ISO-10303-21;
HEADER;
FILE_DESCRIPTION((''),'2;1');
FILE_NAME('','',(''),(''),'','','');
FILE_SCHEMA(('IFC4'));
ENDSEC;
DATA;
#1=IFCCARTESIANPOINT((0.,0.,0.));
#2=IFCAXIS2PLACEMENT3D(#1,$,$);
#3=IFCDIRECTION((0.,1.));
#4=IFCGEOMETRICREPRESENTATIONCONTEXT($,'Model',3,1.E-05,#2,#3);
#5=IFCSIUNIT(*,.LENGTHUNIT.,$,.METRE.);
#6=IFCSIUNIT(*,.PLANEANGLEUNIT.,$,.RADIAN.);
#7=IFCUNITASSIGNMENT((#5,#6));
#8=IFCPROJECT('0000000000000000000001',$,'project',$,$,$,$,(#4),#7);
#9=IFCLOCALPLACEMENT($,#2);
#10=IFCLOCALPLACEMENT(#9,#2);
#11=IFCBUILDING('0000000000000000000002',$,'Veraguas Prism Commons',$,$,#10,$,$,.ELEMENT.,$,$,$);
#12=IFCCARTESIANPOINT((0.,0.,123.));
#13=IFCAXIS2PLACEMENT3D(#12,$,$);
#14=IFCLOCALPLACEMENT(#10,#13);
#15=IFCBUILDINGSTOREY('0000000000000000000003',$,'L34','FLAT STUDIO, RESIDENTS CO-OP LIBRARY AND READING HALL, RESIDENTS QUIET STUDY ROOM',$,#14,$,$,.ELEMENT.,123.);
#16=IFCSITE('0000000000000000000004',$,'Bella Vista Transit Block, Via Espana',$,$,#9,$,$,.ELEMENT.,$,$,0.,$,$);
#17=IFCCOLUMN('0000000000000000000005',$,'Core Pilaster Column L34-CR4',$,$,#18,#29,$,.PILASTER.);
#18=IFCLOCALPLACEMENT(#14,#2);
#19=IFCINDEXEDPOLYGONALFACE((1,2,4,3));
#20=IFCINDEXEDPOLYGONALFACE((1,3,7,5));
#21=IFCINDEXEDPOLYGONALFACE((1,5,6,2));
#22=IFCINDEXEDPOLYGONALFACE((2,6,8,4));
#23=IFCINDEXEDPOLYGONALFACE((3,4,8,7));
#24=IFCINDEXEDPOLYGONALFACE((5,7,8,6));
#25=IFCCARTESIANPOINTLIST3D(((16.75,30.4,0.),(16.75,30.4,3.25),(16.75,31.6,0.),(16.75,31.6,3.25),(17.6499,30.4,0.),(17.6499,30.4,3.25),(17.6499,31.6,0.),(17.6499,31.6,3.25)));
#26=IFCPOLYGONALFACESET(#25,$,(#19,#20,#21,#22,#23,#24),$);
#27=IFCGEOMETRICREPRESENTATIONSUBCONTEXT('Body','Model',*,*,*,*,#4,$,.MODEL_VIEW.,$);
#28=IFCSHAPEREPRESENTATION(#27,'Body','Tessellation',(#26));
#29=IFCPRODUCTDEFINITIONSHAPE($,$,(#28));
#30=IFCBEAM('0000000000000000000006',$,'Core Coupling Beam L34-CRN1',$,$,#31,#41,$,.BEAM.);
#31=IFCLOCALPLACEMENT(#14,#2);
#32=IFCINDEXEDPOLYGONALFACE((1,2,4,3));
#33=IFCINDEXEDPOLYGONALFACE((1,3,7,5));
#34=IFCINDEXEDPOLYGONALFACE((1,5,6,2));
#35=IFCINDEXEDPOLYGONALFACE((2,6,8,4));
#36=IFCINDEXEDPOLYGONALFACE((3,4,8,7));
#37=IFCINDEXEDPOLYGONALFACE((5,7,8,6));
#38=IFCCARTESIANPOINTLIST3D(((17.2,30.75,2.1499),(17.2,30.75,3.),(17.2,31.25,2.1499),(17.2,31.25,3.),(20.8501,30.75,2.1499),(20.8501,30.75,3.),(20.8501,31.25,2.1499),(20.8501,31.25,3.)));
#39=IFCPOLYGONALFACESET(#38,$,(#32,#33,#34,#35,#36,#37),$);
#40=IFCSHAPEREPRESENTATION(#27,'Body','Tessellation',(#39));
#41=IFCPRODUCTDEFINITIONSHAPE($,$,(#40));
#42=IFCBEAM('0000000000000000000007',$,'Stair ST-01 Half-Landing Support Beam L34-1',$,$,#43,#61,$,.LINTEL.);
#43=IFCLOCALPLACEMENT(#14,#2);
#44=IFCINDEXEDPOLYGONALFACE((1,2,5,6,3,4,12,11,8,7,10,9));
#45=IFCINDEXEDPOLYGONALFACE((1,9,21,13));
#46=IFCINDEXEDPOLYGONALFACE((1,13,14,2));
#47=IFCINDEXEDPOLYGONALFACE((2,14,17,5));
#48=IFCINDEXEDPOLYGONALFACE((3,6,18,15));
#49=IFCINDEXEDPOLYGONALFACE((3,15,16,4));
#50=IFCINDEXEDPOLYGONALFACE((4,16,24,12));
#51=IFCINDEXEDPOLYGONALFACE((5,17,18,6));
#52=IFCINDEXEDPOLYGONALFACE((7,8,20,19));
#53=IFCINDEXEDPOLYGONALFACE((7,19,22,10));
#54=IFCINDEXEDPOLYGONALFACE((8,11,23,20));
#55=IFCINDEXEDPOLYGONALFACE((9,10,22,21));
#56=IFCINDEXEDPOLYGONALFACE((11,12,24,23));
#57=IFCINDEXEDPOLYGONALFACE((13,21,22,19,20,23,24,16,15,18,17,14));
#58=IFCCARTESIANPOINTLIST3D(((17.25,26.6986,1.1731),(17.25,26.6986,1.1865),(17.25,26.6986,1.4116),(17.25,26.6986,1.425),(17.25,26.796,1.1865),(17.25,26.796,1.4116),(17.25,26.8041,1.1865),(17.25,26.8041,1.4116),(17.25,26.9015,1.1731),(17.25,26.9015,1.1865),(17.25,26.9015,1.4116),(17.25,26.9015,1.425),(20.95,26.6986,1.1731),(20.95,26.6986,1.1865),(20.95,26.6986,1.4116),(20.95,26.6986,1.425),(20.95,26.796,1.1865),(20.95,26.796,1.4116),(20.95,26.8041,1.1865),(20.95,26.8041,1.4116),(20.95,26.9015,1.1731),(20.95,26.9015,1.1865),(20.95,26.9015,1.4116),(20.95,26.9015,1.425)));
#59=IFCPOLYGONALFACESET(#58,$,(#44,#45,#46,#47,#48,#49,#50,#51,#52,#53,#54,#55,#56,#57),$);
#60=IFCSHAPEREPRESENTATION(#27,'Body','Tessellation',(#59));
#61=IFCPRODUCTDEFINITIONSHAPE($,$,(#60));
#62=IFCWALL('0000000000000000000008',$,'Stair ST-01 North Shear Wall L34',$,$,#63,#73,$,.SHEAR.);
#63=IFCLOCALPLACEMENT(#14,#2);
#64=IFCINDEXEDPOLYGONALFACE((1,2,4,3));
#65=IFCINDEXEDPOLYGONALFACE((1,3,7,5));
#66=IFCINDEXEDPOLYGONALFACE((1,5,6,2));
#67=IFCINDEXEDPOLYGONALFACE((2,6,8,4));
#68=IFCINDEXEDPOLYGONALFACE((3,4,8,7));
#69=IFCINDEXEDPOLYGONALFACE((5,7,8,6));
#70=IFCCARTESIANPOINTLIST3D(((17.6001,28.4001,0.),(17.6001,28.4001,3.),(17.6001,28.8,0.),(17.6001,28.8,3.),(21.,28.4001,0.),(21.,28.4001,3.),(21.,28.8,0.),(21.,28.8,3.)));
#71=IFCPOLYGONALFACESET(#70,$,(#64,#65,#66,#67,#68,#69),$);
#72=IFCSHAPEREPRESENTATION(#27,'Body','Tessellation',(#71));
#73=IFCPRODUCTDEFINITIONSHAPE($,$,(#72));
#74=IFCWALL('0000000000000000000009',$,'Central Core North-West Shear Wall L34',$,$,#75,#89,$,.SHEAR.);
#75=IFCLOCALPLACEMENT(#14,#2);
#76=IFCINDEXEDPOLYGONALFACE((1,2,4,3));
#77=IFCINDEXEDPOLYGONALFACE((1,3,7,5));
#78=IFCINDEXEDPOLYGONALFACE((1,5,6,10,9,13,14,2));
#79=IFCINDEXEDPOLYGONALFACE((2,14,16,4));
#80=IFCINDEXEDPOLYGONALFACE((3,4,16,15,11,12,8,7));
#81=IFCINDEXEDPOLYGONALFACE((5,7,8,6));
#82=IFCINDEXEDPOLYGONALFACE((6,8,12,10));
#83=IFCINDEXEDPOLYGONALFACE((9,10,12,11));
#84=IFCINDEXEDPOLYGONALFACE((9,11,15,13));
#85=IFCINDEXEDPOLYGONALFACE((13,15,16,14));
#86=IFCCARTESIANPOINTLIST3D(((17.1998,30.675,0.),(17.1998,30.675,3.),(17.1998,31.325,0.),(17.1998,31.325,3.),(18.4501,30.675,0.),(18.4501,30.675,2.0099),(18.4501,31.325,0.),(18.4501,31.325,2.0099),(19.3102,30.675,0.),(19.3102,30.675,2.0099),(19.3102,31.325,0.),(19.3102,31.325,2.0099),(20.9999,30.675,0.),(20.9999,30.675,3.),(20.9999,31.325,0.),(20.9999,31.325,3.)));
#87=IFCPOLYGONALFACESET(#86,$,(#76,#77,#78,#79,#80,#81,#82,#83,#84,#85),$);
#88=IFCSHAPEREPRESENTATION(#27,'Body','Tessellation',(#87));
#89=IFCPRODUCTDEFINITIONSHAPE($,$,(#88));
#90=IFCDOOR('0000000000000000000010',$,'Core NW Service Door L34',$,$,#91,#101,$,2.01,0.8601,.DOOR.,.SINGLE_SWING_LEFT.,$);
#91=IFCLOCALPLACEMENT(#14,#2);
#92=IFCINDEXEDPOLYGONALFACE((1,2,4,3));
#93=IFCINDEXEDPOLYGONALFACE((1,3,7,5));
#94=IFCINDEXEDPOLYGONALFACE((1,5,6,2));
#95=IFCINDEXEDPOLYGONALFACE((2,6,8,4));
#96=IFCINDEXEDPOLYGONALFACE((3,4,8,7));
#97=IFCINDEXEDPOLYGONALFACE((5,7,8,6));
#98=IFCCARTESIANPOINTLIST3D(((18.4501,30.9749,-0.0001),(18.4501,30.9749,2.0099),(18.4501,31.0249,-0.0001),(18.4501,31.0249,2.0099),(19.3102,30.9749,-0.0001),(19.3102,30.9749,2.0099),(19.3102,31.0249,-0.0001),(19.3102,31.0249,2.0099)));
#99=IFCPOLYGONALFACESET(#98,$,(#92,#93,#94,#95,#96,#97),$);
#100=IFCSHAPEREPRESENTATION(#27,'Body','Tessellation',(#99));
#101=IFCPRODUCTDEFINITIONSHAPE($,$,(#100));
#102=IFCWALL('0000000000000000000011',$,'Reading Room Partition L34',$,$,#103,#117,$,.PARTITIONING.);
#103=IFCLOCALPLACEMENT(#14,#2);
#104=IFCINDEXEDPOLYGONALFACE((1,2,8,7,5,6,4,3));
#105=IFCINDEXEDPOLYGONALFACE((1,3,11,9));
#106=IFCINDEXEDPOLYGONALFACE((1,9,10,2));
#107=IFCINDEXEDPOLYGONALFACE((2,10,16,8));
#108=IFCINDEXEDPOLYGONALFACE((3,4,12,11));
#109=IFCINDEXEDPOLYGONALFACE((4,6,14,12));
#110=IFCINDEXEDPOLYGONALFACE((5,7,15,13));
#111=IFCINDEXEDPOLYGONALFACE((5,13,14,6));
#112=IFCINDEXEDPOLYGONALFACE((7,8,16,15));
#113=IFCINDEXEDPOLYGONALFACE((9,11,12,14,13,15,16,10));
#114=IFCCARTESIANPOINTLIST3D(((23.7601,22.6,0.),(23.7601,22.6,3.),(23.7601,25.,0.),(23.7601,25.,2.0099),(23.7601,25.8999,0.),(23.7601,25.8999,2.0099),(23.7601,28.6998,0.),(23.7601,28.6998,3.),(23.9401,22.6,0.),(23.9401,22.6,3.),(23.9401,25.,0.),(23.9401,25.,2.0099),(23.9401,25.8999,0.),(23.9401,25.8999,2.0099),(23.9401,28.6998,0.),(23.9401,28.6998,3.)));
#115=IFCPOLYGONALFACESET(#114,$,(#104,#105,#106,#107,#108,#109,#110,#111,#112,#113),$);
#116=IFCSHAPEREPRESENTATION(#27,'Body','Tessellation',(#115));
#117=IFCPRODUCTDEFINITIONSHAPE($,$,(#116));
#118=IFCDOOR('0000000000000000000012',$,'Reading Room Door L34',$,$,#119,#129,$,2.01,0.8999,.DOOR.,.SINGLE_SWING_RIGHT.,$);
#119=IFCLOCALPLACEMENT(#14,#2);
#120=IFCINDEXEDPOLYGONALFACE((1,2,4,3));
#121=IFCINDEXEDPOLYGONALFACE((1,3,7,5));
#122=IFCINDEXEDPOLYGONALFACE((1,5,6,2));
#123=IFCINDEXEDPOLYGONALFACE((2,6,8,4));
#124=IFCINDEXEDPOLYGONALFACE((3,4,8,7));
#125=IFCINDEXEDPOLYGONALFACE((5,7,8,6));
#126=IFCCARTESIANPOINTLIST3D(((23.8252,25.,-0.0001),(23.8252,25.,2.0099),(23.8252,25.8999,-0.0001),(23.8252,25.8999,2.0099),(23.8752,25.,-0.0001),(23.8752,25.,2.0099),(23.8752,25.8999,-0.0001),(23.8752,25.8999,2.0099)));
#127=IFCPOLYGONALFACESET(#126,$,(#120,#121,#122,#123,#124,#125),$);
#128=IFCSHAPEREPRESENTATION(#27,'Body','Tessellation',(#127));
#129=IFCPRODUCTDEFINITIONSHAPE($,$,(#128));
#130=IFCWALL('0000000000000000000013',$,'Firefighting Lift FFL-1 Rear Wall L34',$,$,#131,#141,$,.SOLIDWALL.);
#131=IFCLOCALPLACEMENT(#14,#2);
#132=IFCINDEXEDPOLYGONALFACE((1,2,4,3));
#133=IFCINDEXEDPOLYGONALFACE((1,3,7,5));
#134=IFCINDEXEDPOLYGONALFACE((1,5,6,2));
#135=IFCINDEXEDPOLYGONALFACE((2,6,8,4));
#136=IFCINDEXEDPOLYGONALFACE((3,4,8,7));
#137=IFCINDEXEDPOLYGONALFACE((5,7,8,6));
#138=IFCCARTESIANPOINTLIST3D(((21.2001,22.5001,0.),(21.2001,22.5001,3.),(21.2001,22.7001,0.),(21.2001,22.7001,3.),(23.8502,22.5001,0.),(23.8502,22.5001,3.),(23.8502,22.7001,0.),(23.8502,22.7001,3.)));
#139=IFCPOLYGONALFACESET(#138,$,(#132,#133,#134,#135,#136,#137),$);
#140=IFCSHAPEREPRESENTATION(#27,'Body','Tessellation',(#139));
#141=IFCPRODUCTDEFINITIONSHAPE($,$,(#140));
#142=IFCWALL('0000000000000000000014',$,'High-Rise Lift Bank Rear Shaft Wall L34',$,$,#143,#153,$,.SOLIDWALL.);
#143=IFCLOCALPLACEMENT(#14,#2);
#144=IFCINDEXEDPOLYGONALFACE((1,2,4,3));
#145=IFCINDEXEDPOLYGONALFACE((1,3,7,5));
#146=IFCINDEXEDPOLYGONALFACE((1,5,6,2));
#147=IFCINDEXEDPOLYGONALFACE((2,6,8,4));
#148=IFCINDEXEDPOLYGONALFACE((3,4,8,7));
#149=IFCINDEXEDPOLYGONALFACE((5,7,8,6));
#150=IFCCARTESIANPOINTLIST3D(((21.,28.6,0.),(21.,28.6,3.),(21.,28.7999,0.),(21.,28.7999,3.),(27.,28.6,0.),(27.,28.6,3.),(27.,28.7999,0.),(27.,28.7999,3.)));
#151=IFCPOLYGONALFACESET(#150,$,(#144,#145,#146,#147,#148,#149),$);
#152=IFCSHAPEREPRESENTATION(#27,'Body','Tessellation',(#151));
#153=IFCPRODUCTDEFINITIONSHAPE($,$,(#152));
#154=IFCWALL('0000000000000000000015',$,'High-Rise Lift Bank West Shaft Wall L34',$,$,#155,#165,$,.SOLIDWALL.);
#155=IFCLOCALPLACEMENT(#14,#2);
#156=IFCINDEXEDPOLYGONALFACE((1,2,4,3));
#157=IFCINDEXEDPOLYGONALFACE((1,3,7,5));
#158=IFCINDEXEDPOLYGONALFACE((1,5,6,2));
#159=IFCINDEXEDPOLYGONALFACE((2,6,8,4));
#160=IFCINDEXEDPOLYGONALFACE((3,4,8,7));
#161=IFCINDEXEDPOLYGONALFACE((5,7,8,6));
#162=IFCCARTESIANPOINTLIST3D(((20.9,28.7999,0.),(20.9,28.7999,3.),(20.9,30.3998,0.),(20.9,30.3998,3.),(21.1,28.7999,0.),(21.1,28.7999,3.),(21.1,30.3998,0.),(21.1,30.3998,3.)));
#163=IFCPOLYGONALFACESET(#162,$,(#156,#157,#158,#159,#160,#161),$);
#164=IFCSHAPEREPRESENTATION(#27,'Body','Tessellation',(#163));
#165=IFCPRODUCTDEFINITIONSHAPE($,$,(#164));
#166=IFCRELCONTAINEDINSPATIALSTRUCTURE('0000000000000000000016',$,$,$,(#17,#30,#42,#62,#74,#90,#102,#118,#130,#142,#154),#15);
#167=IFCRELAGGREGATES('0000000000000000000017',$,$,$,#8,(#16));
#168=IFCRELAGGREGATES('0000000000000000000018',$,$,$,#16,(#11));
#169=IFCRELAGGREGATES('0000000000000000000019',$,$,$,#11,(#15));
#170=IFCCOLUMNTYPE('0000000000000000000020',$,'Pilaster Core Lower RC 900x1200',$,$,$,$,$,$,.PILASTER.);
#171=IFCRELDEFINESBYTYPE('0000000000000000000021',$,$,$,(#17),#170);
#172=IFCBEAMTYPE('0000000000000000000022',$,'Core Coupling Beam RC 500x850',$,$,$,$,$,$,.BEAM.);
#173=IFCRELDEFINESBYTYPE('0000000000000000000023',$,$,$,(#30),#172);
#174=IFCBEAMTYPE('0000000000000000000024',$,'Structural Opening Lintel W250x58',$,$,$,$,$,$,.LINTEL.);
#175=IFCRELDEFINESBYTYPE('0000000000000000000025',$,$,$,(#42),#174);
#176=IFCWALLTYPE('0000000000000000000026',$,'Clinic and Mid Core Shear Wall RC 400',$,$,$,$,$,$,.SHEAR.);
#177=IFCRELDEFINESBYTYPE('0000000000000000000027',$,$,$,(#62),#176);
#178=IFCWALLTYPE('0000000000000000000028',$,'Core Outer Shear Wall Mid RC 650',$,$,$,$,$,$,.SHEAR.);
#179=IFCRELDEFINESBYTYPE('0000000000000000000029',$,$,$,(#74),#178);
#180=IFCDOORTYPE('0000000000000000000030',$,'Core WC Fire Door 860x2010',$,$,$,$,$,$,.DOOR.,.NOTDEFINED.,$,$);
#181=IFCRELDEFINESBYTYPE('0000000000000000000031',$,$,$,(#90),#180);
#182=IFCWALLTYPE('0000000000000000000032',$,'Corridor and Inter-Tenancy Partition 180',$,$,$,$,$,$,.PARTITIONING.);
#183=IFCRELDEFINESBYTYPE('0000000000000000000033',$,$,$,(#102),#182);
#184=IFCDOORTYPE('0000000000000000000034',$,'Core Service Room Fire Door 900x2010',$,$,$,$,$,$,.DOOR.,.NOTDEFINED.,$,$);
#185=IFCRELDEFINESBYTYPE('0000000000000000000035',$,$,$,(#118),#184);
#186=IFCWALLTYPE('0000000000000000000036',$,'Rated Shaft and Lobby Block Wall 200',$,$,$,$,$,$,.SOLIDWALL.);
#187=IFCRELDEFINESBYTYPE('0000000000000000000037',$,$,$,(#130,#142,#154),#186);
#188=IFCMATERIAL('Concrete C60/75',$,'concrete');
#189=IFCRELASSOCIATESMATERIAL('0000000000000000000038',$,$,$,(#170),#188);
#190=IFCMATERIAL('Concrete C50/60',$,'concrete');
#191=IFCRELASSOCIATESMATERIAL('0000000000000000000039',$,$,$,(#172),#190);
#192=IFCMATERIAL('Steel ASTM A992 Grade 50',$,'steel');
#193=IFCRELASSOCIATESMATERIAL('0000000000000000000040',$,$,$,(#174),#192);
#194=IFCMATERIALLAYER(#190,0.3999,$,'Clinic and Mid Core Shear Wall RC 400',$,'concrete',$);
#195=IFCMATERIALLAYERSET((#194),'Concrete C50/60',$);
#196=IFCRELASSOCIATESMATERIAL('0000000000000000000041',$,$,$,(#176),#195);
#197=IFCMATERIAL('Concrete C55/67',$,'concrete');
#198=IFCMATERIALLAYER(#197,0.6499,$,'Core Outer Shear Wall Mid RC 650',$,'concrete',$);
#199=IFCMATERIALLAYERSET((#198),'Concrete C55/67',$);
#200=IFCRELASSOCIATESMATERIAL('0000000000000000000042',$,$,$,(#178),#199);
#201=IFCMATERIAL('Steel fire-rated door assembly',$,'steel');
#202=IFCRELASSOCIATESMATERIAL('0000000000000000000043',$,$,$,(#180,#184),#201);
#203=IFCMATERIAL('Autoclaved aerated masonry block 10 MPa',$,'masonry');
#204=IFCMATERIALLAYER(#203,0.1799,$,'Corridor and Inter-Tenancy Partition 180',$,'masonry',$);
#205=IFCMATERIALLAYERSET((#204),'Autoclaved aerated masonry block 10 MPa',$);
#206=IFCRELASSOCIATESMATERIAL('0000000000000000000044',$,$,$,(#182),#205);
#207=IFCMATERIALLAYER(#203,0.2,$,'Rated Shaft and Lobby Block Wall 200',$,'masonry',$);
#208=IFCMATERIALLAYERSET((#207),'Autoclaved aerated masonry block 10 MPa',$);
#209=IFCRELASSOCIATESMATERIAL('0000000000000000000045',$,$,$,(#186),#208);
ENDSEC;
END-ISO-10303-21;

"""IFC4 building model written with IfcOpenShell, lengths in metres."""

from ifc_helpers import new_model, si_unit, direction, frame, frame_2d, origin, origin_2d, place, context, subcontext, project, spatial, rectangle, i_section, extrude, source, transform, mapped, material, layer, layer_set, material_profile, profile_set, type_object, element, fill, save


model = new_model("IFC4")

# Units and contexts
model_context = context("Model", 3, precision=1e-05, world=origin(), true_north=direction((0.0, 1.0)))
body_context = subcontext(model_context, "Body", "Model", "MODEL_VIEW")
ifc_project = project(units=[si_unit("LENGTHUNIT", "METRE"), si_unit("PLANEANGLEUNIT", "RADIAN")], contexts=[model_context])

# Site, building, storey
site_placement = place(None, origin())
site = spatial("IfcSite", under=ifc_project, at=site_placement, Name="Bella Vista Transit Block, Via Espana", CompositionType="ELEMENT", RefElevation=0.0)
building_placement = place(site_placement, origin())
building = spatial("IfcBuilding", under=site, at=building_placement, Name="Veraguas Prism Commons", CompositionType="ELEMENT")
storey_placement = place(building_placement, frame((0.0, 0.0, 123.0)))
storey = spatial("IfcBuildingStorey", under=building, at=storey_placement, Name="L34", Description="FLAT STUDIO, RESIDENTS CO-OP LIBRARY AND READING HALL, RESIDENTS QUIET STUDY ROOM", CompositionType="ELEMENT", Elevation=123.0)

# Column
ifc_material_1 = material(Name="Concrete C60/75", Category="concrete")
ifc_material_profile_1 = material_profile(ifc_material_1, rectangle(XDim=0.8999, YDim=1.2, at=origin_2d()), Name="RC900X1200")
ifc_profile_set_1 = profile_set([ifc_material_profile_1], Name="Concrete C60/75")
column_type = type_object("IfcColumnType", Name="Pilaster Core Lower RC 900x1200", PredefinedType="PILASTER", material=ifc_profile_set_1)
column_placement = place(storey_placement, frame((17.2, 31.0, 0.0), z_axis=(0.0, 0.0, 1.0), x_axis=(1.0, 0.0, 0.0)))
element("IfcColumn", 1, at=column_placement, inside=storey, type_object=column_type, Name="Core Pilaster Column L34-CR4", PredefinedType="PILASTER", context=body_context, shape_type="SweptSolid", body=[
    extrude(rectangle(XDim=0.8999, YDim=1.2, at=origin_2d()), origin(), (0.0, 0.0, 1.0), 3.25),
])

# Beams
ifc_material_2 = material(Name="Concrete C50/60", Category="concrete")
ifc_material_profile_2 = material_profile(ifc_material_2, rectangle(XDim=0.5, YDim=0.8501, at=origin_2d()), Name="RC500X850")
ifc_profile_set_2 = profile_set([ifc_material_profile_2], Name="Concrete C50/60")
beam_type_1 = type_object("IfcBeamType", Name="Core Coupling Beam RC 500x850", PredefinedType="BEAM", material=ifc_profile_set_2)
beam_1_placement = place(storey_placement, frame((17.2, 31.0, 2.575), z_axis=(1.0, 0.0, 0.0), x_axis=(0.0, 1.0, 0.0)))
element("IfcBeam", 2, at=beam_1_placement, inside=storey, type_object=beam_type_1, Name="Core Coupling Beam L34-CRN1", PredefinedType="BEAM", context=body_context, shape_type="SweptSolid", body=[
    extrude(rectangle(XDim=0.5, YDim=0.8501, at=origin_2d()), origin(), (0.0, 0.0, 1.0), 3.6501),
])
ifc_material_3 = material(Name="Steel ASTM A992 Grade 50", Category="steel")
ifc_material_profile_3 = material_profile(ifc_material_3, i_section(OverallWidth=0.2029, OverallDepth=0.252, WebThickness=0.0081, FlangeThickness=0.0134, at=origin_2d()), Name="W250X58")
ifc_profile_set_3 = profile_set([ifc_material_profile_3], Name="Steel ASTM A992 Grade 50")
beam_type_2 = type_object("IfcBeamType", Name="Structural Opening Lintel W250x58", PredefinedType="LINTEL", material=ifc_profile_set_3)
beam_2_placement = place(storey_placement, frame((17.25, 26.8, 1.2991), z_axis=(1.0, 0.0, 0.0), x_axis=(0.0, 1.0, 0.0)))
element("IfcBeam", 3, at=beam_2_placement, inside=storey, type_object=beam_type_2, Name="Stair ST-01 Half-Landing Support Beam L34-1", PredefinedType="LINTEL", context=body_context, shape_type="SweptSolid", body=[
    extrude(i_section(OverallWidth=0.2029, OverallDepth=0.252, WebThickness=0.0081, FlangeThickness=0.0134, at=origin_2d()), origin(), (0.0, 0.0, 1.0), 3.7),
])

# Wall
ifc_layer_1 = layer(ifc_material_2, 0.3999, Name="Clinic and Mid Core Shear Wall RC 400", Category="concrete")
ifc_layer_set_1 = layer_set([ifc_layer_1], Name="Concrete C50/60")
wall_type_1 = type_object("IfcWallType", Name="Clinic and Mid Core Shear Wall RC 400", PredefinedType="SHEAR", material=ifc_layer_set_1)
wall_1_placement = place(storey_placement, frame((17.6001, 28.6001, 0.0), z_axis=(0.0, 0.0, 1.0), x_axis=(1.0, 0.0, 0.0)))
element("IfcWall", 4, at=wall_1_placement, inside=storey, type_object=wall_type_1, Name="Stair ST-01 North Shear Wall L34", PredefinedType="SHEAR", context=body_context, shape_type="SweptSolid", body=[
    extrude(rectangle(XDim=3.3999, YDim=0.3999, at=frame_2d((1.7, 0.0))), origin(), (0.0, 0.0, 1.0), 3.0),
])

# Walls, openings, doors
ifc_material_4 = material(Name="Concrete C55/67", Category="concrete")
ifc_layer_2 = layer(ifc_material_4, 0.6499, Name="Core Outer Shear Wall Mid RC 650", Category="concrete")
ifc_layer_set_2 = layer_set([ifc_layer_2], Name="Concrete C55/67")
wall_type_2 = type_object("IfcWallType", Name="Core Outer Shear Wall Mid RC 650", PredefinedType="SHEAR", material=ifc_layer_set_2)
wall_2_placement = place(storey_placement, frame((17.2, 31.0, 0.0), z_axis=(0.0, 0.0, 1.0), x_axis=(1.0, 0.0, 0.0)))
wall_2 = element("IfcWall", 5, at=wall_2_placement, inside=storey, type_object=wall_type_2, Name="Central Core North-West Shear Wall L34", PredefinedType="SHEAR", context=body_context, shape_type="SweptSolid", body=[
    extrude(rectangle(XDim=3.8, YDim=0.6499, at=frame_2d((1.8999, 0.0))), origin(), (0.0, 0.0, 1.0), 3.0),
])
opening_1_placement = place(wall_2_placement, frame((1.25, 0.0, 0.0)))
opening_1 = element("IfcOpeningElement", 6, at=opening_1_placement, cuts=wall_2, PredefinedType="OPENING", context=body_context, shape_type="SweptSolid", body=[
    extrude(rectangle(XDim=0.8601, YDim=2.01, at=frame_2d((0.4302, 1.0049))), frame((0.0, 0.335, 0.0), z_axis=(0.0, -1.0, 0.0), x_axis=(1.0, 0.0, 0.0)), (0.0, 0.0, 1.0), 0.6699),
])
ifc_material_5 = material(Name="Steel fire-rated door assembly", Category="steel")
door_type_1 = type_object("IfcDoorType", Name="Core WC Fire Door 860x2010", OperationType="NOTDEFINED", PredefinedType="DOOR", material=ifc_material_5)
shared_shape_1 = source(origin(), body_context, "Body", "SweptSolid", [
    extrude(rectangle(XDim=0.8601, YDim=2.01, at=frame_2d((0.4302, 1.0049))), frame((0.0, 0.0249, 0.0), z_axis=(0.0, -1.0, 0.0), x_axis=(1.0, 0.0, 0.0)), (0.0, 0.0, 1.0), 0.05),
])
door_1_placement = place(opening_1_placement, origin())
door_1 = element("IfcDoor", 7, at=door_1_placement, inside=storey, type_object=door_type_1, Name="Core NW Service Door L34", OperationType="SINGLE_SWING_LEFT", OverallHeight=2.01, OverallWidth=0.8601, PredefinedType="DOOR", context=body_context, shape_type="MappedRepresentation", body=[
    mapped(shared_shape_1, transform((0.0, 0.0, 0.0), scale=1.0)),
])
fill(opening_1, door_1)
ifc_material_6 = material(Name="Autoclaved aerated masonry block 10 MPa", Category="masonry")
ifc_layer_3 = layer(ifc_material_6, 0.1799, Name="Corridor and Inter-Tenancy Partition 180", Category="masonry")
ifc_layer_set_3 = layer_set([ifc_layer_3], Name="Autoclaved aerated masonry block 10 MPa")
wall_type_3 = type_object("IfcWallType", Name="Corridor and Inter-Tenancy Partition 180", PredefinedType="PARTITIONING", material=ifc_layer_set_3)
wall_3_placement = place(storey_placement, frame((23.8501, 22.6001, 0.0), z_axis=(0.0, 0.0, 1.0), x_axis=(0.0, 1.0, 0.0)))
wall_3 = element("IfcWall", 8, at=wall_3_placement, inside=storey, type_object=wall_type_3, Name="Reading Room Partition L34", PredefinedType="PARTITIONING", context=body_context, shape_type="SweptSolid", body=[
    extrude(rectangle(XDim=6.0999, YDim=0.1799, at=frame_2d((3.0498, 0.0))), origin(), (0.0, 0.0, 1.0), 3.0),
])
opening_2_placement = place(wall_3_placement, frame((2.3999, 0.0, 0.0)))
opening_2 = element("IfcOpeningElement", 9, at=opening_2_placement, cuts=wall_3, PredefinedType="OPENING", context=body_context, shape_type="SweptSolid", body=[
    extrude(rectangle(XDim=0.8999, YDim=2.01, at=frame_2d((0.45, 1.0049))), frame((0.0, 0.0999, 0.0), z_axis=(0.0, -1.0, 0.0), x_axis=(1.0, 0.0, 0.0)), (0.0, 0.0, 1.0), 0.2),
])
door_type_2 = type_object("IfcDoorType", Name="Core Service Room Fire Door 900x2010", OperationType="NOTDEFINED", PredefinedType="DOOR", material=ifc_material_5)
shared_shape_2 = source(origin(), body_context, "Body", "SweptSolid", [
    extrude(rectangle(XDim=0.8999, YDim=2.01, at=frame_2d((0.45, 1.0049))), frame((0.0, 0.0249, 0.0), z_axis=(0.0, -1.0, 0.0), x_axis=(1.0, 0.0, 0.0)), (0.0, 0.0, 1.0), 0.05),
])
door_2_placement = place(opening_2_placement, origin())
door_2 = element("IfcDoor", 10, at=door_2_placement, inside=storey, type_object=door_type_2, Name="Reading Room Door L34", OperationType="SINGLE_SWING_RIGHT", OverallHeight=2.01, OverallWidth=0.8999, PredefinedType="DOOR", context=body_context, shape_type="MappedRepresentation", body=[
    mapped(shared_shape_2, transform((0.0, 0.0, 0.0), scale=1.0)),
])
fill(opening_2, door_2)

# Walls
ifc_layer_4 = layer(ifc_material_6, 0.2, Name="Rated Shaft and Lobby Block Wall 200", Category="masonry")
ifc_layer_set_4 = layer_set([ifc_layer_4], Name="Autoclaved aerated masonry block 10 MPa")
wall_type_4 = type_object("IfcWallType", Name="Rated Shaft and Lobby Block Wall 200", PredefinedType="SOLIDWALL", material=ifc_layer_set_4)
wall_4_placement = place(storey_placement, frame((21.2, 22.6001, 0.0), z_axis=(0.0, 0.0, 1.0), x_axis=(1.0, 0.0, 0.0)))
element("IfcWall", 11, at=wall_4_placement, inside=storey, type_object=wall_type_4, Name="Firefighting Lift FFL-1 Rear Wall L34", PredefinedType="SOLIDWALL", context=body_context, shape_type="SweptSolid", body=[
    extrude(rectangle(XDim=2.6501, YDim=0.2, at=frame_2d((1.3252, 0.0))), origin(), (0.0, 0.0, 1.0), 3.0),
])
wall_5_placement = place(storey_placement, frame((21.0, 28.7, 0.0), z_axis=(0.0, 0.0, 1.0), x_axis=(1.0, 0.0, 0.0)))
element("IfcWall", 12, at=wall_5_placement, inside=storey, type_object=wall_type_4, Name="High-Rise Lift Bank Rear Shaft Wall L34", PredefinedType="SOLIDWALL", context=body_context, shape_type="SweptSolid", body=[
    extrude(rectangle(XDim=6.0, YDim=0.2, at=frame_2d((3.0, 0.0))), origin(), (0.0, 0.0, 1.0), 3.0),
])
wall_6_placement = place(storey_placement, frame((21.0, 28.8, 0.0), z_axis=(0.0, 0.0, 1.0), x_axis=(0.0, 1.0, 0.0)))
element("IfcWall", 13, at=wall_6_placement, inside=storey, type_object=wall_type_4, Name="High-Rise Lift Bank West Shaft Wall L34", PredefinedType="SOLIDWALL", context=body_context, shape_type="SweptSolid", body=[
    extrude(rectangle(XDim=1.5999, YDim=0.2, at=frame_2d((0.7998, 0.0))), origin(), (0.0, 0.0, 1.0), 3.0),
])

save(model, "model.ifc")
